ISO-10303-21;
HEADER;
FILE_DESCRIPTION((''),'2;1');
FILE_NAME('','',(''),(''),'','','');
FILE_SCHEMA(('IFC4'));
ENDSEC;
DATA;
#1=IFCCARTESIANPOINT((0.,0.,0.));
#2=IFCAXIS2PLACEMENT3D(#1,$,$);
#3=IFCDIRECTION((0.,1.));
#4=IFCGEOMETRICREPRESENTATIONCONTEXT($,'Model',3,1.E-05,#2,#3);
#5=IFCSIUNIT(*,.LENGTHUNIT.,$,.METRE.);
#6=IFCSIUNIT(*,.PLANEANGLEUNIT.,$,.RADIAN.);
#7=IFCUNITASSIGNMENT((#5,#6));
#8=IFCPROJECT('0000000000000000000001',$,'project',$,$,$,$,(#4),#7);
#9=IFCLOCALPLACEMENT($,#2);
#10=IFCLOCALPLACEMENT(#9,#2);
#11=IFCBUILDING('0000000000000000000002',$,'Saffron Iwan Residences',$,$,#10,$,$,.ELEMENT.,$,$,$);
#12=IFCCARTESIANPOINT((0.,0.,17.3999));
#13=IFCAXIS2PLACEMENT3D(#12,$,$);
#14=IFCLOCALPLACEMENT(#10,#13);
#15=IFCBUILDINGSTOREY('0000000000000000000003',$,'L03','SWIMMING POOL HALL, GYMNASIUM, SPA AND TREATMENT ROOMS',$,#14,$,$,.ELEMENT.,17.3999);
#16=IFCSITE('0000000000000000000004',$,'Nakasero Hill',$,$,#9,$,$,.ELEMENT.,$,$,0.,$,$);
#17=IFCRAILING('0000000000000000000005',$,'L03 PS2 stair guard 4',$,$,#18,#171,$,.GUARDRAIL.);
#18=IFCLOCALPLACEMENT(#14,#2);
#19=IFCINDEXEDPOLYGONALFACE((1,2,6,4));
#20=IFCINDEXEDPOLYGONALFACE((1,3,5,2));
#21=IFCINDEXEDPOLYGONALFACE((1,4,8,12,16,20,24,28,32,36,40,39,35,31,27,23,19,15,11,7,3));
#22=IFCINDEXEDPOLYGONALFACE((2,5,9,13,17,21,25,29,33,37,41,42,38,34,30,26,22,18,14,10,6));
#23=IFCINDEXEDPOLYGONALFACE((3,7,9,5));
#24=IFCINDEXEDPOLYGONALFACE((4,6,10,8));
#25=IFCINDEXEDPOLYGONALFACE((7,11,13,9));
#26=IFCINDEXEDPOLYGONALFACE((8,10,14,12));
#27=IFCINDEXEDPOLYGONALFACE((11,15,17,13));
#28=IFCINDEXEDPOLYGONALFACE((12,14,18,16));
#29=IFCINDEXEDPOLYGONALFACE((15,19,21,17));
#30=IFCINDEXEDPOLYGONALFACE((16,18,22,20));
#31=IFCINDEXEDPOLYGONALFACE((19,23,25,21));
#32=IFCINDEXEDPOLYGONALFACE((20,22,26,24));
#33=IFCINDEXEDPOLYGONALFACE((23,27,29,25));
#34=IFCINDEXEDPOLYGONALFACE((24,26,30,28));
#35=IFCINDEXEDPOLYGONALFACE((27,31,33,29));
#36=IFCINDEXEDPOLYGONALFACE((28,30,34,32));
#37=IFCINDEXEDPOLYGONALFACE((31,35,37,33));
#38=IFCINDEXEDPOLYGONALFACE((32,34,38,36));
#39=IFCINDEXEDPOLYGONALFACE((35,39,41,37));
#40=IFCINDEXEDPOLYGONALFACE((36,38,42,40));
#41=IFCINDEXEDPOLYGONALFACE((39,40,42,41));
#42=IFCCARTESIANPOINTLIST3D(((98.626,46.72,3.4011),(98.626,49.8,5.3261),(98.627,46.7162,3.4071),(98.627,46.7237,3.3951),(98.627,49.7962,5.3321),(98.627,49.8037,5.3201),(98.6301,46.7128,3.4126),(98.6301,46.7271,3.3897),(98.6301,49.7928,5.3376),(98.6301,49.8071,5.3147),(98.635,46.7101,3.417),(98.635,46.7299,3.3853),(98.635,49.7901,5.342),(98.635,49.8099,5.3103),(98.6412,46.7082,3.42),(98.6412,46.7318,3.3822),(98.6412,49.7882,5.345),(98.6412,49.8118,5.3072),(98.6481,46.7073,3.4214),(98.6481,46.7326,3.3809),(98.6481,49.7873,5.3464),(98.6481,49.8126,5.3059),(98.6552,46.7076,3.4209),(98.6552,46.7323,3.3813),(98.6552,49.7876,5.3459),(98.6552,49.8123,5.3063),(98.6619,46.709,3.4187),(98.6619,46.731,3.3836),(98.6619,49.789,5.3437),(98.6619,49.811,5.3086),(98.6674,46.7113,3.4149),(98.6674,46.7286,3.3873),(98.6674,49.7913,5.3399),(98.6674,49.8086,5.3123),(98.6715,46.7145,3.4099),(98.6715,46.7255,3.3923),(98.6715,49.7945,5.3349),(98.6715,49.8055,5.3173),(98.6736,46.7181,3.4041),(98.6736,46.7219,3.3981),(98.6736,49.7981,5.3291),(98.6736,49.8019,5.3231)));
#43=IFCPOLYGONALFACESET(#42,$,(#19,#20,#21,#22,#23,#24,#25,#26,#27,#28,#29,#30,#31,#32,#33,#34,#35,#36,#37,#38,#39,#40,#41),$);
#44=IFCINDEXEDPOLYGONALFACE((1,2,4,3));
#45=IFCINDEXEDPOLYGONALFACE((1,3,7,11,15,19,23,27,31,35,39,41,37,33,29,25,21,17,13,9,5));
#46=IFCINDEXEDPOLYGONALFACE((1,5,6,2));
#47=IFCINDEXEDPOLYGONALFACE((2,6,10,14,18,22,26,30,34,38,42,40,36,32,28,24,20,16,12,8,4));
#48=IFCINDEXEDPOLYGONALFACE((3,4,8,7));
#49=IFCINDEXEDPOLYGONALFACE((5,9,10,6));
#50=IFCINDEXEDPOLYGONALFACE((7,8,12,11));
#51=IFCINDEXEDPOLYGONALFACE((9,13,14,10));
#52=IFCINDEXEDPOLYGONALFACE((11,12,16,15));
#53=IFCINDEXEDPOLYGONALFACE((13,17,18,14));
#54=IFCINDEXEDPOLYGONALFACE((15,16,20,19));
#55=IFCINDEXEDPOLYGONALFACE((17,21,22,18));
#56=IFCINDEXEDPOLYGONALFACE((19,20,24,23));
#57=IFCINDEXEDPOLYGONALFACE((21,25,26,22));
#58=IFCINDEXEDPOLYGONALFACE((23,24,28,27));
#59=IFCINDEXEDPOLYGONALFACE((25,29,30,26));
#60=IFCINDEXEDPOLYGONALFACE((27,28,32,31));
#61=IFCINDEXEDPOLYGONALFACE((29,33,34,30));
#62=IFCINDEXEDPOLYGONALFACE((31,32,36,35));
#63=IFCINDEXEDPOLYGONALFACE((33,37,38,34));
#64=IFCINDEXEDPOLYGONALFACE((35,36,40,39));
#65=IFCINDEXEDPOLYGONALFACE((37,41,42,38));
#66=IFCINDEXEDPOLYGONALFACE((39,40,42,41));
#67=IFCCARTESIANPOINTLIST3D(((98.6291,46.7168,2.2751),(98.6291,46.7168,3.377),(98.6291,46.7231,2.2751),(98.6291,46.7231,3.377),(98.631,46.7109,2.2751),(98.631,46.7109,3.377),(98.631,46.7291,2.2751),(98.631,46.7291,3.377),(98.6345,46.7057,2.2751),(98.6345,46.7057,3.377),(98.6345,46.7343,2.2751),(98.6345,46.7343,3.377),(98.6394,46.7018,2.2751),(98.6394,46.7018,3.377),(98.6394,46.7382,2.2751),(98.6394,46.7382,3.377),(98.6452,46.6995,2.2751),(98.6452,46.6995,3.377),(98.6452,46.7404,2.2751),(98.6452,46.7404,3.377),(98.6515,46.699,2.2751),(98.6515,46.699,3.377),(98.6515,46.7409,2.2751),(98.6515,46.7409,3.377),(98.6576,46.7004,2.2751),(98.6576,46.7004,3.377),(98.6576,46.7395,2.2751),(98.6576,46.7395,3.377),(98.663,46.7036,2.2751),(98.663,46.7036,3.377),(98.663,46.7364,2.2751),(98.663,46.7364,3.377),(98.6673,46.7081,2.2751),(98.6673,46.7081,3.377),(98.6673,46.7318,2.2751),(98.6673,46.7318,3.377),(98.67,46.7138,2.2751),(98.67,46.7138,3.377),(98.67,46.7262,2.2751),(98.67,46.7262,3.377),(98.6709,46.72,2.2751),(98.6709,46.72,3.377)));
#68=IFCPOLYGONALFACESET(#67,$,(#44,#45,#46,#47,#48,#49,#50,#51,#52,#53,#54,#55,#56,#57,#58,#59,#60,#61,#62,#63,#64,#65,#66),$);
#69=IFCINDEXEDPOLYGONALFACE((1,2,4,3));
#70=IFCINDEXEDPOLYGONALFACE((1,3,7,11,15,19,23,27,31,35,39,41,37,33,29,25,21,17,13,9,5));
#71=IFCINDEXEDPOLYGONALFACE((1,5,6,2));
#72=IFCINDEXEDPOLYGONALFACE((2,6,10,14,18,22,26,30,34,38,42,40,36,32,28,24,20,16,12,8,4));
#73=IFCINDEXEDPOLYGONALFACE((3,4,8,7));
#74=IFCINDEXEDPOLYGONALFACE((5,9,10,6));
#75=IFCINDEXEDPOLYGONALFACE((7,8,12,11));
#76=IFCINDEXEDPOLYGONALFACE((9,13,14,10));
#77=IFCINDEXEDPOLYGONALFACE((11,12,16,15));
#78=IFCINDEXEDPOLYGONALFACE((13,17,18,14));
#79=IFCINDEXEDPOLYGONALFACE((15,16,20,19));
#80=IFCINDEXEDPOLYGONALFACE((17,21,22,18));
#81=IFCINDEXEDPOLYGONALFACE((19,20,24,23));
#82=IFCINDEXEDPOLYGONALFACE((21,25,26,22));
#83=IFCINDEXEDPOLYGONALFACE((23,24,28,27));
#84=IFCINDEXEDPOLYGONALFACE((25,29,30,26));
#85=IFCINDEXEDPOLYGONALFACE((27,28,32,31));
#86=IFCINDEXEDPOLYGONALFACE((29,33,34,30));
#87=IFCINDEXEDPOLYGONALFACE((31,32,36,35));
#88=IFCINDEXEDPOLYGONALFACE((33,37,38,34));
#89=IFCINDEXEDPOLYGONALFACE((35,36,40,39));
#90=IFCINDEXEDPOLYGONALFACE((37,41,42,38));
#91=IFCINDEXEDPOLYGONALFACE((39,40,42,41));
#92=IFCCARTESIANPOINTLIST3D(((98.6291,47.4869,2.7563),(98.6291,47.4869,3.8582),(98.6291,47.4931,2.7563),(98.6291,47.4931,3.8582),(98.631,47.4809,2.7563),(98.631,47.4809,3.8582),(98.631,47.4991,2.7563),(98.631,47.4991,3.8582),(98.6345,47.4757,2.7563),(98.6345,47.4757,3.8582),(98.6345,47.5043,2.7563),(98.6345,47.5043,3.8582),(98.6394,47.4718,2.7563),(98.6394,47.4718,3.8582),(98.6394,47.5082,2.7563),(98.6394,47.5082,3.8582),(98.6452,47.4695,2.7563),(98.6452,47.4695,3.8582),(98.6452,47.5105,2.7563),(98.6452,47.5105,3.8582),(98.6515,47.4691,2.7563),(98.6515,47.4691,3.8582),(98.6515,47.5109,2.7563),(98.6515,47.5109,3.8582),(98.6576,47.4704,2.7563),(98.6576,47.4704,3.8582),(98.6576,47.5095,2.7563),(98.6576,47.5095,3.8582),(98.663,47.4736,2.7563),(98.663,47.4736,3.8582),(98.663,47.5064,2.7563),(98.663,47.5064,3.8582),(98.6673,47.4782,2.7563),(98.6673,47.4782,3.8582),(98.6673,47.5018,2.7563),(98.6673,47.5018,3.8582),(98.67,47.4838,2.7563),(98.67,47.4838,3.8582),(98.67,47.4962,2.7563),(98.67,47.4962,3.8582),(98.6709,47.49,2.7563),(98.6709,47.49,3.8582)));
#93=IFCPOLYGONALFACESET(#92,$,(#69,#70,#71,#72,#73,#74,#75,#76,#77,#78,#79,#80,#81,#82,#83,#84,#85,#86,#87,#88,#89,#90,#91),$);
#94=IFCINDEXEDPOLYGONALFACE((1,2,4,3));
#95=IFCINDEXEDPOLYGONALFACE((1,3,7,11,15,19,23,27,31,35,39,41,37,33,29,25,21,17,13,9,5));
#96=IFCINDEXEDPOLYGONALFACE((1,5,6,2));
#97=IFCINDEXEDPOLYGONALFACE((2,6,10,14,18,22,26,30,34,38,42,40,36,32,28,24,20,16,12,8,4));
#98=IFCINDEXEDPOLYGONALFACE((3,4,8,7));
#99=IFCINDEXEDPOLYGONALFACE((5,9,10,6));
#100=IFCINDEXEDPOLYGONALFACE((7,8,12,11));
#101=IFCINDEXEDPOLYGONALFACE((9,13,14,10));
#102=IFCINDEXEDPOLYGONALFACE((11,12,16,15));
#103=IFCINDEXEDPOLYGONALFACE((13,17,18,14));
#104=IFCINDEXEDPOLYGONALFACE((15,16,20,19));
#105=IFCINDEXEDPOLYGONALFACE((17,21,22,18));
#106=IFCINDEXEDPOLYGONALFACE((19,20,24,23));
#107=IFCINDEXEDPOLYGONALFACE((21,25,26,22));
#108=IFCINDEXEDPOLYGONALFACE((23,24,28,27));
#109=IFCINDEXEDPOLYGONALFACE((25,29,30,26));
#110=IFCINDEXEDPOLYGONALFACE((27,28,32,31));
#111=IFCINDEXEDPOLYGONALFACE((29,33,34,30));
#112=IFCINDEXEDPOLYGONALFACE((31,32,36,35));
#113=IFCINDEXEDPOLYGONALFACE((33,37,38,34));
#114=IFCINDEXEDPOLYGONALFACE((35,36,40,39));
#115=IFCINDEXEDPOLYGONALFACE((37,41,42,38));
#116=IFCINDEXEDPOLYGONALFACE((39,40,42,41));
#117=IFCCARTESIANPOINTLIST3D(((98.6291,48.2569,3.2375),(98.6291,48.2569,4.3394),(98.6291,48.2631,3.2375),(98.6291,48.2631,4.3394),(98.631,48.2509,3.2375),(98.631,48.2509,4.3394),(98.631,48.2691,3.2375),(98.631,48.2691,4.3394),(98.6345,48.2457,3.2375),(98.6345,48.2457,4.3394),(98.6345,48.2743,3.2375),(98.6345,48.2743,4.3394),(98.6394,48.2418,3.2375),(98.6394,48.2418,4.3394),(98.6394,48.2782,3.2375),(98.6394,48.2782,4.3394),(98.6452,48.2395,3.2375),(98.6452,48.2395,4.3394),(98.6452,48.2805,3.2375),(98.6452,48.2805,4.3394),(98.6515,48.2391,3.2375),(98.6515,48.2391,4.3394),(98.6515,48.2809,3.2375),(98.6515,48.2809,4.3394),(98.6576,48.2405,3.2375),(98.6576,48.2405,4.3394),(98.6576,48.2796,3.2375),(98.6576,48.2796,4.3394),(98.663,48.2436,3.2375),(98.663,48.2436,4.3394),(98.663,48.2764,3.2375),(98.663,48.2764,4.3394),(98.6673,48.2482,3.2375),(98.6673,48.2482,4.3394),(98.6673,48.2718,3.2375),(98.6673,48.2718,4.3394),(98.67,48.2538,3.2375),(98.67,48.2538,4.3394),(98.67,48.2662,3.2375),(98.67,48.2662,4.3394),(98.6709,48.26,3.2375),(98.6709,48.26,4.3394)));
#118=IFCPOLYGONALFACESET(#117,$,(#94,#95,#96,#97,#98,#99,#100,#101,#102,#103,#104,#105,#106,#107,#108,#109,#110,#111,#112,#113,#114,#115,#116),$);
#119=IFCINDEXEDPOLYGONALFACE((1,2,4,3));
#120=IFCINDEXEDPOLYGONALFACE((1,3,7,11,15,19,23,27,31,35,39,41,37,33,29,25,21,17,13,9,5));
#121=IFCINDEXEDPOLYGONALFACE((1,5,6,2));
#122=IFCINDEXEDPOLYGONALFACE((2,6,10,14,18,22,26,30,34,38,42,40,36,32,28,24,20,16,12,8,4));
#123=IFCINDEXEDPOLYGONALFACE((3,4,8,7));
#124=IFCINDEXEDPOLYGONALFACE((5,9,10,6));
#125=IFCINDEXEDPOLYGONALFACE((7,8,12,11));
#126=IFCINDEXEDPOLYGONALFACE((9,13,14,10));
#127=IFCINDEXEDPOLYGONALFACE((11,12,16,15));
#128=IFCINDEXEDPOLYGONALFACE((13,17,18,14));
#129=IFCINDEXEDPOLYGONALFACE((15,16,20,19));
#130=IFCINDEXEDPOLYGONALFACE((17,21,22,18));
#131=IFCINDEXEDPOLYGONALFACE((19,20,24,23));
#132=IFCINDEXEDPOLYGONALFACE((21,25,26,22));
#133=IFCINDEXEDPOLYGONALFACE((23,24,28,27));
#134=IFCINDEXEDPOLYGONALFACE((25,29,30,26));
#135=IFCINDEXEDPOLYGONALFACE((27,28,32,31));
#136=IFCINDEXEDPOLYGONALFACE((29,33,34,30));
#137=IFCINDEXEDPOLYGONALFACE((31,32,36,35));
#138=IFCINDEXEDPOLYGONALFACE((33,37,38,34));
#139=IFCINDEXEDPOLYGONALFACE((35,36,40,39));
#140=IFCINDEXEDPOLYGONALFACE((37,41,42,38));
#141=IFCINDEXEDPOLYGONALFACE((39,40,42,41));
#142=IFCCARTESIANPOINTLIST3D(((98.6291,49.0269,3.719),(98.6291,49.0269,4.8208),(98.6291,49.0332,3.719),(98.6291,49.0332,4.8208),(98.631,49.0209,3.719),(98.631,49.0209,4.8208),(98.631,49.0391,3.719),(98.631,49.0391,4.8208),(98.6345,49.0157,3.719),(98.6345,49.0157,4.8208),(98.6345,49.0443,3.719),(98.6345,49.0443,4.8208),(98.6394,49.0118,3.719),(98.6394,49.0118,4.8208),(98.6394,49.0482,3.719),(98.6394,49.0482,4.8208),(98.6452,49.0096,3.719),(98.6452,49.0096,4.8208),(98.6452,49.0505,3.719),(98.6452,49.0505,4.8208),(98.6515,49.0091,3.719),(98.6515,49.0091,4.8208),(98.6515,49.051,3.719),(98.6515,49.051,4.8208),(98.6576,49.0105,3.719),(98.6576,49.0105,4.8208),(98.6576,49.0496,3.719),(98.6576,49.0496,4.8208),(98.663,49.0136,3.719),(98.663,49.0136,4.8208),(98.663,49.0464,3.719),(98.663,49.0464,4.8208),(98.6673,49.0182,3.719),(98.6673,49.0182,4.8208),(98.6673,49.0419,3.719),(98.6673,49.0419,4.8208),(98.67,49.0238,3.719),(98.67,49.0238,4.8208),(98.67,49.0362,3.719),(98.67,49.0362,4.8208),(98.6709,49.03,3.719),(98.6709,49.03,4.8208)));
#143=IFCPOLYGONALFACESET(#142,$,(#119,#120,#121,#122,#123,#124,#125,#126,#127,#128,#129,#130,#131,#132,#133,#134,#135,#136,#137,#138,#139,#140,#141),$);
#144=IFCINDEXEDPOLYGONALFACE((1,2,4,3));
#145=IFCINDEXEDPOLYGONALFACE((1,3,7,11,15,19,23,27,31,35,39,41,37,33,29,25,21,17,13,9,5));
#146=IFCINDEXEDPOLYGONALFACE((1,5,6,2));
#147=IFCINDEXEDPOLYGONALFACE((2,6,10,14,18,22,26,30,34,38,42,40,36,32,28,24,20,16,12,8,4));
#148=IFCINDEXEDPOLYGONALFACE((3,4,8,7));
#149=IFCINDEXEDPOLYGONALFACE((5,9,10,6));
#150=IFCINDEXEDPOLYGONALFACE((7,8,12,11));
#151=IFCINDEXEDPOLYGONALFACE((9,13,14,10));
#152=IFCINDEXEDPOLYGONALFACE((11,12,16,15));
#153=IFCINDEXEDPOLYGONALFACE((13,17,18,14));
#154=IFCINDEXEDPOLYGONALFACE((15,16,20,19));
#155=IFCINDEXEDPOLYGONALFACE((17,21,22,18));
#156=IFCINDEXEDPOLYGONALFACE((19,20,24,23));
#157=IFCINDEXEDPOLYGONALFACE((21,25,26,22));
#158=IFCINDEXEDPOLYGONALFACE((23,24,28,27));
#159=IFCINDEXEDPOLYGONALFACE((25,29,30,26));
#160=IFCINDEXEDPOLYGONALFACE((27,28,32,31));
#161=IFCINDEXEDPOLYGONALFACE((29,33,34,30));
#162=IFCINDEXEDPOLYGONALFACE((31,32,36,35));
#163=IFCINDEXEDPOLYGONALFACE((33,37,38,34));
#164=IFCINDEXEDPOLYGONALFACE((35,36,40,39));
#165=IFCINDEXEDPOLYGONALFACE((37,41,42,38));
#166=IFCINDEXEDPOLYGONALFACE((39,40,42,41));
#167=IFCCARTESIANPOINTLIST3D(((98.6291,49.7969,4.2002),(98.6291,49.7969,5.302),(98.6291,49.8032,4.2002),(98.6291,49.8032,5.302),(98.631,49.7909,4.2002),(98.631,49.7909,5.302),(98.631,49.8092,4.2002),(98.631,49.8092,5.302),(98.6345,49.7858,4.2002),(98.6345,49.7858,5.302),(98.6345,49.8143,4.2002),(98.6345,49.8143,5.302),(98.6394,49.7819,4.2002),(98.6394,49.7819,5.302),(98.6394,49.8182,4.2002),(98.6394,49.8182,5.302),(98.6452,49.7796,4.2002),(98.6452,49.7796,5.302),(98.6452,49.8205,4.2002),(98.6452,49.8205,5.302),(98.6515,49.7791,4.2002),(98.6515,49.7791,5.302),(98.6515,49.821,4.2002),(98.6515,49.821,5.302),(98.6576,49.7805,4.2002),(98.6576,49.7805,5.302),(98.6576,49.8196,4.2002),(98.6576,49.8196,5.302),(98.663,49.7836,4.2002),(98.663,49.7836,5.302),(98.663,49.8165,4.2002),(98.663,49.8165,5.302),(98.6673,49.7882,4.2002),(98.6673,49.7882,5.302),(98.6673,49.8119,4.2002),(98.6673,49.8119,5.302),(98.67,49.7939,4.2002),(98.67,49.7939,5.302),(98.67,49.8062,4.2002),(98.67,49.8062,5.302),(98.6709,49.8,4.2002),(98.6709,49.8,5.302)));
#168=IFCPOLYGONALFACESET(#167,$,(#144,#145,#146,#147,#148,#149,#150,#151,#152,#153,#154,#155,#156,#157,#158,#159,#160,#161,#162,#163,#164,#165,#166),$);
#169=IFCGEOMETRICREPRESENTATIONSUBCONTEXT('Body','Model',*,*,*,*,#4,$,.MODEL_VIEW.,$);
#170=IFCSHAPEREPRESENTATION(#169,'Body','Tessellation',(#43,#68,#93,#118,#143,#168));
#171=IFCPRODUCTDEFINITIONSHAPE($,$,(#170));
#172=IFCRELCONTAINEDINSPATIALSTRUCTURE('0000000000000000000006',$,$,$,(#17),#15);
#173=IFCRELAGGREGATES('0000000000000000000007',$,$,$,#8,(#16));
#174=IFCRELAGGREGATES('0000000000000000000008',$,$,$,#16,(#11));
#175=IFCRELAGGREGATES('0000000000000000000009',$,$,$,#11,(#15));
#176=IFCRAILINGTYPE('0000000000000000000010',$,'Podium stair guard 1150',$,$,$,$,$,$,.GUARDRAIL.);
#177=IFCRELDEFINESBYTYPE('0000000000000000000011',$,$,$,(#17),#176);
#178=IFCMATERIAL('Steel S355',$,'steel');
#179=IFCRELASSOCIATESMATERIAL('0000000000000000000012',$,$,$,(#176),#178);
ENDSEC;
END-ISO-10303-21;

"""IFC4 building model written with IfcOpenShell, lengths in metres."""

from ifc_helpers import new_model, si_unit, direction, frame, origin, origin_2d, place, context, subcontext, project, spatial, circle, extrude, material, type_object, element, save


model = new_model("IFC4")

# Units and contexts
model_context = context("Model", 3, precision=1e-05, world=origin(), true_north=direction((0.0, 1.0)))
body_context = subcontext(model_context, "Body", "Model", "MODEL_VIEW")
ifc_project = project(units=[si_unit("LENGTHUNIT", "METRE"), si_unit("PLANEANGLEUNIT", "RADIAN")], contexts=[model_context])

# Site, building, storey
site_placement = place(None, origin())
site = spatial("IfcSite", under=ifc_project, at=site_placement, Name="Nakasero Hill", CompositionType="ELEMENT", RefElevation=0.0)
building_placement = place(site_placement, origin())
building = spatial("IfcBuilding", under=site, at=building_placement, Name="Saffron Iwan Residences", CompositionType="ELEMENT")
storey_placement = place(building_placement, frame((0.0, 0.0, 17.3999)))
storey = spatial("IfcBuildingStorey", under=building, at=storey_placement, Name="L03", Description="SWIMMING POOL HALL, GYMNASIUM, SPA AND TREATMENT ROOMS", CompositionType="ELEMENT", Elevation=17.3999)

# Railing
ifc_material_1 = material(Name="Steel S355", Category="steel")
railing_type_1 = type_object("IfcRailingType", Name="Podium stair guard 1150", PredefinedType="GUARDRAIL", material=ifc_material_1)
railing_1_placement = place(storey_placement, frame((98.6499, 46.72, 2.2751)))
element("IfcRailing", 1, at=railing_1_placement, inside=storey, type_object=railing_type_1, Name="L03 PS2 stair guard 4", PredefinedType="GUARDRAIL", context=body_context, shape_type="SweptSolid", body=[
    extrude(circle(Radius=0.0239, at=origin_2d()), frame((0.0, 0.0, 1.126), z_axis=(0.0, 0.847998, 0.529999), x_axis=(-1.0, 0.0, 0.0)), (0.0, 0.0, 1.0), 3.6321),
    extrude(circle(Radius=0.021, at=origin_2d()), origin(), (0.0, 0.0, 1.0), 1.1018),
    extrude(circle(Radius=0.021, at=origin_2d()), frame((0.0, 0.77, 0.4812)), (0.0, 0.0, 1.0), 1.1018),
    extrude(circle(Radius=0.021, at=origin_2d()), frame((0.0, 1.54, 0.9624)), (0.0, 0.0, 1.0), 1.1018),
    extrude(circle(Radius=0.021, at=origin_2d()), frame((0.0, 2.3101, 1.4438)), (0.0, 0.0, 1.0), 1.1018),
    extrude(circle(Radius=0.021, at=origin_2d()), frame((0.0, 3.0801, 1.925)), (0.0, 0.0, 1.0), 1.1018),
])

save(model, "model.ifc")
